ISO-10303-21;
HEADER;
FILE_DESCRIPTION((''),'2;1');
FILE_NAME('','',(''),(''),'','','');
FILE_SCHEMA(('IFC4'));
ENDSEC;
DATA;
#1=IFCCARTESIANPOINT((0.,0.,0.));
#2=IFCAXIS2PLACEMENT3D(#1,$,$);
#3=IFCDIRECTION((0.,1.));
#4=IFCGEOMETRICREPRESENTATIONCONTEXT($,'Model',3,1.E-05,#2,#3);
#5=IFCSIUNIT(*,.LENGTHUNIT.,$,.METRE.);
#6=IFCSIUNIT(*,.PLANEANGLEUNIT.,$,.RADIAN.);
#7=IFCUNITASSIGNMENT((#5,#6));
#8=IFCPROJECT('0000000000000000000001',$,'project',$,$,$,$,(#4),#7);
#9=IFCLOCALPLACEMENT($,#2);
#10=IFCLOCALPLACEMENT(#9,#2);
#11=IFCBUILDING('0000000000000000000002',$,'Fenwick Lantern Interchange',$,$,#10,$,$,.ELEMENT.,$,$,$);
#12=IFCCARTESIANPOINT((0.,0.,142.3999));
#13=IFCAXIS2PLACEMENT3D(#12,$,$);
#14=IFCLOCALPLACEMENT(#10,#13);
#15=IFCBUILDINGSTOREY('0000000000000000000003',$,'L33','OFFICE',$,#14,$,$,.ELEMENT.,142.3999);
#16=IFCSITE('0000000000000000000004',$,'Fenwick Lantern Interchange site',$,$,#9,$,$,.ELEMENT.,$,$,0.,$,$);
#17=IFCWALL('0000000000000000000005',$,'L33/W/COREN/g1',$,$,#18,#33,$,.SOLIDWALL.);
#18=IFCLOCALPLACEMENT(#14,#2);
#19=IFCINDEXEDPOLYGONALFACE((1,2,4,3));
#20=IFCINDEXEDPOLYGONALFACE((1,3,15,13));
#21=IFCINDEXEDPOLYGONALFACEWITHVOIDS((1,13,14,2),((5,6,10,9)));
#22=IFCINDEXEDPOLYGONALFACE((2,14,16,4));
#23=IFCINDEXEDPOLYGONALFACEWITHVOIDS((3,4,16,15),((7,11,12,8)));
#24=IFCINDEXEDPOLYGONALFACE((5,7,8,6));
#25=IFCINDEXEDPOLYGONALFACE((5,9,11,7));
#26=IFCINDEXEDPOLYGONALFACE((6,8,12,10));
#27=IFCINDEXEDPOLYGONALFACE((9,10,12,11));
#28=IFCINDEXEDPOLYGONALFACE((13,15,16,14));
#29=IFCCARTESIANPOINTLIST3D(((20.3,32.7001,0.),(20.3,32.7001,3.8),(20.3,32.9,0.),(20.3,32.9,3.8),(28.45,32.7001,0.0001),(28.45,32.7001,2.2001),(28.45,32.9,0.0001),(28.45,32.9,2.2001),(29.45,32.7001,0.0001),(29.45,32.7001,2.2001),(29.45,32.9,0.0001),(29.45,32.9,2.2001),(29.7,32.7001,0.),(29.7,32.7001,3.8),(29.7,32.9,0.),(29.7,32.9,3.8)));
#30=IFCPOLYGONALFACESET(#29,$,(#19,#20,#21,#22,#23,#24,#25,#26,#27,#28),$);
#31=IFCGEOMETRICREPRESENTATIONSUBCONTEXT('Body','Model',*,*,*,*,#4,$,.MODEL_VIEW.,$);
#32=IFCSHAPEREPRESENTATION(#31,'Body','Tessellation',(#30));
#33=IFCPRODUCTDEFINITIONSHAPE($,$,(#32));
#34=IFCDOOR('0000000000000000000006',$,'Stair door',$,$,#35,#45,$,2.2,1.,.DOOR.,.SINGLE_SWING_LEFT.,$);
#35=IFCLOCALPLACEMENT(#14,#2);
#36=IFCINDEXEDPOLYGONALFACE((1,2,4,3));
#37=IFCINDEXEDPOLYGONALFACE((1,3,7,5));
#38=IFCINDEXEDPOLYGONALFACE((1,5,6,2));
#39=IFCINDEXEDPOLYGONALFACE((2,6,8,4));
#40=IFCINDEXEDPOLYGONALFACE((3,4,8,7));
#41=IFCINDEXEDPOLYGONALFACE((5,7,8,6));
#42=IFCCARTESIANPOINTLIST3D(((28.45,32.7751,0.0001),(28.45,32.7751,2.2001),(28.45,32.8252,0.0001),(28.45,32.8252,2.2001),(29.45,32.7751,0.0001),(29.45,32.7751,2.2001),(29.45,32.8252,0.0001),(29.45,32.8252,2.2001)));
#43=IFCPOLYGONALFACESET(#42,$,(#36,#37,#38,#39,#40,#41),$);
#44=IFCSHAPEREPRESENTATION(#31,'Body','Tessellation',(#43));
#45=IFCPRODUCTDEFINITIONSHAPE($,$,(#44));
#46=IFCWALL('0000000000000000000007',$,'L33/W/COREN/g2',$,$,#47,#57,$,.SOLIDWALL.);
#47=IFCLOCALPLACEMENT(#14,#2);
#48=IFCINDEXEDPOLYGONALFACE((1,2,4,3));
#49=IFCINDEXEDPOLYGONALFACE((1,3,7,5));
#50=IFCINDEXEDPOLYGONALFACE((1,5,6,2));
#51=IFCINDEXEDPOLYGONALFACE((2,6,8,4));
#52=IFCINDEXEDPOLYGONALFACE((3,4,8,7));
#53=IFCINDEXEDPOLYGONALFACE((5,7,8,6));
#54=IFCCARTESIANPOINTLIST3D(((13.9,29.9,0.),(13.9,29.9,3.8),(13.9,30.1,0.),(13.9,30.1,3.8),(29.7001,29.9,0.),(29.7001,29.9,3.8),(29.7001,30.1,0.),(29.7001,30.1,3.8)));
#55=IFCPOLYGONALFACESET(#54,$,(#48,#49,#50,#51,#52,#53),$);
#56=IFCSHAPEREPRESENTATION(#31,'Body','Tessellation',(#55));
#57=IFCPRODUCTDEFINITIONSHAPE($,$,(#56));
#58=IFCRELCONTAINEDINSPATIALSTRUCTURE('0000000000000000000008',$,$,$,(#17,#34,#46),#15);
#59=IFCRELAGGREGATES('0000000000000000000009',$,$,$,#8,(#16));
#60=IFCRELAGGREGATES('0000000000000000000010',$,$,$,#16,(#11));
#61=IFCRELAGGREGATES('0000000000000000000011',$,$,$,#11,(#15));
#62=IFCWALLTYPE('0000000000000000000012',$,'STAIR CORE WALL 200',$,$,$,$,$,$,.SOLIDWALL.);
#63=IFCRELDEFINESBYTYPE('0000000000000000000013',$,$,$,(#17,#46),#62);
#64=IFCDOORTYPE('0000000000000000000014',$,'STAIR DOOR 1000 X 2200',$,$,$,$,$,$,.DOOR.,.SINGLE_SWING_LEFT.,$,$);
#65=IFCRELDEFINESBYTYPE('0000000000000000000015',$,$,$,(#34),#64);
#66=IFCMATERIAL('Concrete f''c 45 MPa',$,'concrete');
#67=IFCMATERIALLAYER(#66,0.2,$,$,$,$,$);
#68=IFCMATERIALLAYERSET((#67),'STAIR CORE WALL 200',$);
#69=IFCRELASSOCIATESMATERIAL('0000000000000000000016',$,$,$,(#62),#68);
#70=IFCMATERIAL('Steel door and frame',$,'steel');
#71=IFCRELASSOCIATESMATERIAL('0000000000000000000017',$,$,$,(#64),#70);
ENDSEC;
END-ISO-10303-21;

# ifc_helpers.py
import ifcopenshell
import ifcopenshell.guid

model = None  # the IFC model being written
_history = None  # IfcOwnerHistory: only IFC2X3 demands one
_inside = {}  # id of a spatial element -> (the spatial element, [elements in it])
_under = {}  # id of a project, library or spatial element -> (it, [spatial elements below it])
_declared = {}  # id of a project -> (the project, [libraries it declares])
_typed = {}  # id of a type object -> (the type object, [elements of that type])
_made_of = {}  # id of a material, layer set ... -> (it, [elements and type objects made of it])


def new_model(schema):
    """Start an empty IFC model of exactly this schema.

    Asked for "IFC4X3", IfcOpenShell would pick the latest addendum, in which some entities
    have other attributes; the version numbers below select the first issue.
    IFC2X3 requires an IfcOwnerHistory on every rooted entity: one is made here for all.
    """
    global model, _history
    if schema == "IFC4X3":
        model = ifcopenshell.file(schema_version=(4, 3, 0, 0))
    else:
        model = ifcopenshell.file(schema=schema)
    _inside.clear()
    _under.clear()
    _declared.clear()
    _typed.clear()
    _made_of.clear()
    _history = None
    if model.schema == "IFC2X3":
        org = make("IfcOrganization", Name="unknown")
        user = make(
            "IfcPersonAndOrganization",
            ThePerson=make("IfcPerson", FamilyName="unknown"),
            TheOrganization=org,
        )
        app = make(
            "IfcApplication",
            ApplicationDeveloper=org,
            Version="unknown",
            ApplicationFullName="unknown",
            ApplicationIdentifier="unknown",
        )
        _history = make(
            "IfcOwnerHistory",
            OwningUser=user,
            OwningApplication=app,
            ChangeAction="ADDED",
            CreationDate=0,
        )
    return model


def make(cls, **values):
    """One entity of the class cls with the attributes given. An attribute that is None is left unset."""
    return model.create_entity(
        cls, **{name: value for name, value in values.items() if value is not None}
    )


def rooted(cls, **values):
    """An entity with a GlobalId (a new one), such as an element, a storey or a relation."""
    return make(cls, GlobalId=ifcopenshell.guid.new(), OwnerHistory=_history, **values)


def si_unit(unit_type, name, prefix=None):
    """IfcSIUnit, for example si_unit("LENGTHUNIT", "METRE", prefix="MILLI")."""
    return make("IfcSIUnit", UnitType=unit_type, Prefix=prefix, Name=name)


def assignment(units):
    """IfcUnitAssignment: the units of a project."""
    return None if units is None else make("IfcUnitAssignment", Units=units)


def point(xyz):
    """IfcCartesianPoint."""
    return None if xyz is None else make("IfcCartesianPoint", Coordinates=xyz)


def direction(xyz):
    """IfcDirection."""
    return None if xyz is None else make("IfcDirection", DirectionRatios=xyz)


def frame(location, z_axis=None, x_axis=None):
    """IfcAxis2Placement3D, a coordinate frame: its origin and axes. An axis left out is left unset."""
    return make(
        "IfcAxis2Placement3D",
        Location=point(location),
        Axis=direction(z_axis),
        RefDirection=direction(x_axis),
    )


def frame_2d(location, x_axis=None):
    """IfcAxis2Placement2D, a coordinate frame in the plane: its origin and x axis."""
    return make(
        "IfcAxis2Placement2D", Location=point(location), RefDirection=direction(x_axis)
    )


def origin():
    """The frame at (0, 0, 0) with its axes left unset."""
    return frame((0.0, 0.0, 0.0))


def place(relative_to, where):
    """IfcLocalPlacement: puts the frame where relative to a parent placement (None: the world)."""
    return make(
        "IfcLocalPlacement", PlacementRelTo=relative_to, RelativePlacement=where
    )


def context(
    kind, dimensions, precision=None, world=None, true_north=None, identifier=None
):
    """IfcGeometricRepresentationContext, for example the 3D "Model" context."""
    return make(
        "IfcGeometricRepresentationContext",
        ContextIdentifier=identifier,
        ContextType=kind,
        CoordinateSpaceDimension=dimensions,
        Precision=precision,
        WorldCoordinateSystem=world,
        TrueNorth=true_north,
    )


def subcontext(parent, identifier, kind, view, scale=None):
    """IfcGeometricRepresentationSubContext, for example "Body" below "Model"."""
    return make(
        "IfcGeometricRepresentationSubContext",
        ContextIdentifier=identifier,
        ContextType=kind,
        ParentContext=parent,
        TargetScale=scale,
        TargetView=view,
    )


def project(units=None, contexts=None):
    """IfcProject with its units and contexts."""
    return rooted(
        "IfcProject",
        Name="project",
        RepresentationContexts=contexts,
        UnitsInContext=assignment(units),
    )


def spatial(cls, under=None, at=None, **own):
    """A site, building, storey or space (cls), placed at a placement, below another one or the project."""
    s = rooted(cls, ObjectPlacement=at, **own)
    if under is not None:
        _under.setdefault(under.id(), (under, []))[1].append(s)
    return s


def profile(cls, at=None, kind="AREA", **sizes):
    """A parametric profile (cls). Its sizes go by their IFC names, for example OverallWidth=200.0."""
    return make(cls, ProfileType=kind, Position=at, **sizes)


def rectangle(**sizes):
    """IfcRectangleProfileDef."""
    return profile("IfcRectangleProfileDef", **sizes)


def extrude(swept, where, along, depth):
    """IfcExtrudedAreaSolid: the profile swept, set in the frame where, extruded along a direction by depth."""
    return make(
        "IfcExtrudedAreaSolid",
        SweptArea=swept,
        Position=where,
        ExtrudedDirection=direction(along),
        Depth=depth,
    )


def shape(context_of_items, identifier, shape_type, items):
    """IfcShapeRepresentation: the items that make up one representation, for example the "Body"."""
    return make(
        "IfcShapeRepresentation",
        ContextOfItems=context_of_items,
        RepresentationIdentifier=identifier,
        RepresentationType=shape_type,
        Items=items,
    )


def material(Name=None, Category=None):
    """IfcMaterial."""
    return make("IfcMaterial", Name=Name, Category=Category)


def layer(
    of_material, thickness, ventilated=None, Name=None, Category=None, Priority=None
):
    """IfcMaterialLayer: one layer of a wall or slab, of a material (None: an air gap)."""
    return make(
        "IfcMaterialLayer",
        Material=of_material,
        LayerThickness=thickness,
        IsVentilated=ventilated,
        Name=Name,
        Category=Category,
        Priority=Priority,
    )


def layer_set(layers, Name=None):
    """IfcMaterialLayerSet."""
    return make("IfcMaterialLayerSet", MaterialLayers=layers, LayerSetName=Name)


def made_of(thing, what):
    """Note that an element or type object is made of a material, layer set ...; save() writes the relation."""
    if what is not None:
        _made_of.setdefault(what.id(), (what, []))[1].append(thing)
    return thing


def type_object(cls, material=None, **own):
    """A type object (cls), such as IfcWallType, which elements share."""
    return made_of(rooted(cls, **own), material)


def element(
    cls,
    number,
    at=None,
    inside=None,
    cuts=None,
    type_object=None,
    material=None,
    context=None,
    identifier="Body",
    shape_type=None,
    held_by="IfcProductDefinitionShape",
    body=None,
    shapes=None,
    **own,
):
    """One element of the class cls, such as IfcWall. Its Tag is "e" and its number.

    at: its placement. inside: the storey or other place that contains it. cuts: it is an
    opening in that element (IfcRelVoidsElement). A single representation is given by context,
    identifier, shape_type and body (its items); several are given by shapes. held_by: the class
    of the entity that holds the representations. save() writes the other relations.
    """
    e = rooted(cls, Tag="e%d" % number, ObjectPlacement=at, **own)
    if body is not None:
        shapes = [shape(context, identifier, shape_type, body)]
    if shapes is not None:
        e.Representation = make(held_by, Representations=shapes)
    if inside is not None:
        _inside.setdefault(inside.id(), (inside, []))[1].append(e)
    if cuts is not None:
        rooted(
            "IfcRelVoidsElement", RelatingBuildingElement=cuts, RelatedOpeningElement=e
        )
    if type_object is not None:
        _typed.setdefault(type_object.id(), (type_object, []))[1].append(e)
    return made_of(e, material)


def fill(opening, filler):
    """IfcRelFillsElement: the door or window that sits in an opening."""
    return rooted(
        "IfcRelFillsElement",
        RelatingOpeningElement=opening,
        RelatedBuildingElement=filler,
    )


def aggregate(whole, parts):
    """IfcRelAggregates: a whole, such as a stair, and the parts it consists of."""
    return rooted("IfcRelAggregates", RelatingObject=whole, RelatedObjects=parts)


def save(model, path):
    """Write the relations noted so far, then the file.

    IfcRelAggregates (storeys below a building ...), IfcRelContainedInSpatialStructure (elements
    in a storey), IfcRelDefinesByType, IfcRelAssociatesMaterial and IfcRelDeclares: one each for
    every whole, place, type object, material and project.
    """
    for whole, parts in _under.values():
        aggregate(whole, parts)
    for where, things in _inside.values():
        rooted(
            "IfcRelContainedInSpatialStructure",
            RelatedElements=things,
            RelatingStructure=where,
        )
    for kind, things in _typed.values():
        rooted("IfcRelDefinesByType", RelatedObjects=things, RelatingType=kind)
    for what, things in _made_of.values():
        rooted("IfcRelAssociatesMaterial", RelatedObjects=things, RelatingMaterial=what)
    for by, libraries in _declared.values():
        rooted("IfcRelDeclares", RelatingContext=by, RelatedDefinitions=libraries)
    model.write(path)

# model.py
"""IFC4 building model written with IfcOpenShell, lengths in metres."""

from ifc_helpers import new_model, si_unit, direction, frame, frame_2d, origin, place, context, subcontext, project, spatial, rectangle, extrude, material, layer, layer_set, type_object, element, fill, save


model = new_model("IFC4")

# Units and contexts
model_context = context("Model", 3, precision=1e-05, world=origin(), true_north=direction((0.0, 1.0)))
body_context = subcontext(model_context, "Body", "Model", "MODEL_VIEW")
ifc_project = project(units=[si_unit("LENGTHUNIT", "METRE"), si_unit("PLANEANGLEUNIT", "RADIAN")], contexts=[model_context])

# Site, building, storey
site_placement = place(None, origin())
site = spatial("IfcSite", under=ifc_project, at=site_placement, Name="Fenwick Lantern Interchange site", CompositionType="ELEMENT", RefElevation=0.0)
building_placement = place(site_placement, origin())
building = spatial("IfcBuilding", under=site, at=building_placement, Name="Fenwick Lantern Interchange", CompositionType="ELEMENT")
storey_placement = place(building_placement, frame((0.0, 0.0, 142.3999)))
storey = spatial("IfcBuildingStorey", under=building, at=storey_placement, Name="L33", Description="OFFICE", CompositionType="ELEMENT", Elevation=142.3999)

# Shared definitions
ifc_material_1 = material(Name="Steel door and frame", Category="steel")

# Shared definitions
ifc_material_2 = material(Name="Concrete f'c 45 MPa", Category="concrete")
ifc_layer_1 = layer(ifc_material_2, 0.2)
ifc_layer_set_1 = layer_set([ifc_layer_1], Name="STAIR CORE WALL 200")
wall_type_1 = type_object("IfcWallType", Name="STAIR CORE WALL 200", PredefinedType="SOLIDWALL", material=ifc_layer_set_1)

# Wall, opening, door
wall_1_placement = place(storey_placement, frame((29.7, 32.8, 0.0), z_axis=(0.0, 0.0, 1.0), x_axis=(-1.0, 0.0, 0.0)))
wall_1 = element("IfcWall", 1, at=wall_1_placement, inside=storey, type_object=wall_type_1, Name="L33/W/COREN/g1", PredefinedType="SOLIDWALL", context=body_context, shape_type="SweptSolid", body=[
    extrude(rectangle(XDim=9.3999, YDim=0.2, at=frame_2d((4.7, 0.0))), origin(), (0.0, 0.0, 1.0), 3.8),
])
opening_1_placement = place(wall_1_placement, frame((0.25, 0.0, 0.0)))
opening_1 = element("IfcOpeningElement", 2, at=opening_1_placement, cuts=wall_1, PredefinedType="OPENING", context=body_context, shape_type="SweptSolid", body=[
    extrude(rectangle(XDim=1.0, YDim=2.2, at=frame_2d((0.5, 1.1001))), frame((0.0, 0.1099, 0.0), z_axis=(0.0, -1.0, 0.0), x_axis=(1.0, 0.0, 0.0)), (0.0, 0.0, 1.0), 0.22),
])
door_type_1 = type_object("IfcDoorType", Name="STAIR DOOR 1000 X 2200", OperationType="SINGLE_SWING_LEFT", PredefinedType="DOOR", material=ifc_material_1)
door_1_placement = place(opening_1_placement, origin())
door_1 = element("IfcDoor", 3, at=door_1_placement, inside=storey, type_object=door_type_1, Name="Stair door", OperationType="SINGLE_SWING_LEFT", OverallHeight=2.2, OverallWidth=1.0, PredefinedType="DOOR", context=body_context, shape_type="SweptSolid", body=[
    extrude(rectangle(XDim=1.0, YDim=2.2, at=frame_2d((0.5, 1.1001))), frame((0.0, 0.0249, 0.0), z_axis=(0.0, -1.0, 0.0), x_axis=(1.0, 0.0, 0.0)), (0.0, 0.0, 1.0), 0.05),
])
fill(opening_1, door_1)

# Wall
wall_2_placement = place(storey_placement, frame((29.7, 30.0, 0.0), z_axis=(0.0, 0.0, 1.0), x_axis=(-1.0, 0.0, 0.0)))
element("IfcWall", 4, at=wall_2_placement, inside=storey, type_object=wall_type_1, Name="L33/W/COREN/g2", PredefinedType="SOLIDWALL", context=body_context, shape_type="SweptSolid", body=[
    extrude(rectangle(XDim=15.8, YDim=0.2, at=frame_2d((7.8999, 0.0))), origin(), (0.0, 0.0, 1.0), 3.8),
])

save(model, "model.ifc")
